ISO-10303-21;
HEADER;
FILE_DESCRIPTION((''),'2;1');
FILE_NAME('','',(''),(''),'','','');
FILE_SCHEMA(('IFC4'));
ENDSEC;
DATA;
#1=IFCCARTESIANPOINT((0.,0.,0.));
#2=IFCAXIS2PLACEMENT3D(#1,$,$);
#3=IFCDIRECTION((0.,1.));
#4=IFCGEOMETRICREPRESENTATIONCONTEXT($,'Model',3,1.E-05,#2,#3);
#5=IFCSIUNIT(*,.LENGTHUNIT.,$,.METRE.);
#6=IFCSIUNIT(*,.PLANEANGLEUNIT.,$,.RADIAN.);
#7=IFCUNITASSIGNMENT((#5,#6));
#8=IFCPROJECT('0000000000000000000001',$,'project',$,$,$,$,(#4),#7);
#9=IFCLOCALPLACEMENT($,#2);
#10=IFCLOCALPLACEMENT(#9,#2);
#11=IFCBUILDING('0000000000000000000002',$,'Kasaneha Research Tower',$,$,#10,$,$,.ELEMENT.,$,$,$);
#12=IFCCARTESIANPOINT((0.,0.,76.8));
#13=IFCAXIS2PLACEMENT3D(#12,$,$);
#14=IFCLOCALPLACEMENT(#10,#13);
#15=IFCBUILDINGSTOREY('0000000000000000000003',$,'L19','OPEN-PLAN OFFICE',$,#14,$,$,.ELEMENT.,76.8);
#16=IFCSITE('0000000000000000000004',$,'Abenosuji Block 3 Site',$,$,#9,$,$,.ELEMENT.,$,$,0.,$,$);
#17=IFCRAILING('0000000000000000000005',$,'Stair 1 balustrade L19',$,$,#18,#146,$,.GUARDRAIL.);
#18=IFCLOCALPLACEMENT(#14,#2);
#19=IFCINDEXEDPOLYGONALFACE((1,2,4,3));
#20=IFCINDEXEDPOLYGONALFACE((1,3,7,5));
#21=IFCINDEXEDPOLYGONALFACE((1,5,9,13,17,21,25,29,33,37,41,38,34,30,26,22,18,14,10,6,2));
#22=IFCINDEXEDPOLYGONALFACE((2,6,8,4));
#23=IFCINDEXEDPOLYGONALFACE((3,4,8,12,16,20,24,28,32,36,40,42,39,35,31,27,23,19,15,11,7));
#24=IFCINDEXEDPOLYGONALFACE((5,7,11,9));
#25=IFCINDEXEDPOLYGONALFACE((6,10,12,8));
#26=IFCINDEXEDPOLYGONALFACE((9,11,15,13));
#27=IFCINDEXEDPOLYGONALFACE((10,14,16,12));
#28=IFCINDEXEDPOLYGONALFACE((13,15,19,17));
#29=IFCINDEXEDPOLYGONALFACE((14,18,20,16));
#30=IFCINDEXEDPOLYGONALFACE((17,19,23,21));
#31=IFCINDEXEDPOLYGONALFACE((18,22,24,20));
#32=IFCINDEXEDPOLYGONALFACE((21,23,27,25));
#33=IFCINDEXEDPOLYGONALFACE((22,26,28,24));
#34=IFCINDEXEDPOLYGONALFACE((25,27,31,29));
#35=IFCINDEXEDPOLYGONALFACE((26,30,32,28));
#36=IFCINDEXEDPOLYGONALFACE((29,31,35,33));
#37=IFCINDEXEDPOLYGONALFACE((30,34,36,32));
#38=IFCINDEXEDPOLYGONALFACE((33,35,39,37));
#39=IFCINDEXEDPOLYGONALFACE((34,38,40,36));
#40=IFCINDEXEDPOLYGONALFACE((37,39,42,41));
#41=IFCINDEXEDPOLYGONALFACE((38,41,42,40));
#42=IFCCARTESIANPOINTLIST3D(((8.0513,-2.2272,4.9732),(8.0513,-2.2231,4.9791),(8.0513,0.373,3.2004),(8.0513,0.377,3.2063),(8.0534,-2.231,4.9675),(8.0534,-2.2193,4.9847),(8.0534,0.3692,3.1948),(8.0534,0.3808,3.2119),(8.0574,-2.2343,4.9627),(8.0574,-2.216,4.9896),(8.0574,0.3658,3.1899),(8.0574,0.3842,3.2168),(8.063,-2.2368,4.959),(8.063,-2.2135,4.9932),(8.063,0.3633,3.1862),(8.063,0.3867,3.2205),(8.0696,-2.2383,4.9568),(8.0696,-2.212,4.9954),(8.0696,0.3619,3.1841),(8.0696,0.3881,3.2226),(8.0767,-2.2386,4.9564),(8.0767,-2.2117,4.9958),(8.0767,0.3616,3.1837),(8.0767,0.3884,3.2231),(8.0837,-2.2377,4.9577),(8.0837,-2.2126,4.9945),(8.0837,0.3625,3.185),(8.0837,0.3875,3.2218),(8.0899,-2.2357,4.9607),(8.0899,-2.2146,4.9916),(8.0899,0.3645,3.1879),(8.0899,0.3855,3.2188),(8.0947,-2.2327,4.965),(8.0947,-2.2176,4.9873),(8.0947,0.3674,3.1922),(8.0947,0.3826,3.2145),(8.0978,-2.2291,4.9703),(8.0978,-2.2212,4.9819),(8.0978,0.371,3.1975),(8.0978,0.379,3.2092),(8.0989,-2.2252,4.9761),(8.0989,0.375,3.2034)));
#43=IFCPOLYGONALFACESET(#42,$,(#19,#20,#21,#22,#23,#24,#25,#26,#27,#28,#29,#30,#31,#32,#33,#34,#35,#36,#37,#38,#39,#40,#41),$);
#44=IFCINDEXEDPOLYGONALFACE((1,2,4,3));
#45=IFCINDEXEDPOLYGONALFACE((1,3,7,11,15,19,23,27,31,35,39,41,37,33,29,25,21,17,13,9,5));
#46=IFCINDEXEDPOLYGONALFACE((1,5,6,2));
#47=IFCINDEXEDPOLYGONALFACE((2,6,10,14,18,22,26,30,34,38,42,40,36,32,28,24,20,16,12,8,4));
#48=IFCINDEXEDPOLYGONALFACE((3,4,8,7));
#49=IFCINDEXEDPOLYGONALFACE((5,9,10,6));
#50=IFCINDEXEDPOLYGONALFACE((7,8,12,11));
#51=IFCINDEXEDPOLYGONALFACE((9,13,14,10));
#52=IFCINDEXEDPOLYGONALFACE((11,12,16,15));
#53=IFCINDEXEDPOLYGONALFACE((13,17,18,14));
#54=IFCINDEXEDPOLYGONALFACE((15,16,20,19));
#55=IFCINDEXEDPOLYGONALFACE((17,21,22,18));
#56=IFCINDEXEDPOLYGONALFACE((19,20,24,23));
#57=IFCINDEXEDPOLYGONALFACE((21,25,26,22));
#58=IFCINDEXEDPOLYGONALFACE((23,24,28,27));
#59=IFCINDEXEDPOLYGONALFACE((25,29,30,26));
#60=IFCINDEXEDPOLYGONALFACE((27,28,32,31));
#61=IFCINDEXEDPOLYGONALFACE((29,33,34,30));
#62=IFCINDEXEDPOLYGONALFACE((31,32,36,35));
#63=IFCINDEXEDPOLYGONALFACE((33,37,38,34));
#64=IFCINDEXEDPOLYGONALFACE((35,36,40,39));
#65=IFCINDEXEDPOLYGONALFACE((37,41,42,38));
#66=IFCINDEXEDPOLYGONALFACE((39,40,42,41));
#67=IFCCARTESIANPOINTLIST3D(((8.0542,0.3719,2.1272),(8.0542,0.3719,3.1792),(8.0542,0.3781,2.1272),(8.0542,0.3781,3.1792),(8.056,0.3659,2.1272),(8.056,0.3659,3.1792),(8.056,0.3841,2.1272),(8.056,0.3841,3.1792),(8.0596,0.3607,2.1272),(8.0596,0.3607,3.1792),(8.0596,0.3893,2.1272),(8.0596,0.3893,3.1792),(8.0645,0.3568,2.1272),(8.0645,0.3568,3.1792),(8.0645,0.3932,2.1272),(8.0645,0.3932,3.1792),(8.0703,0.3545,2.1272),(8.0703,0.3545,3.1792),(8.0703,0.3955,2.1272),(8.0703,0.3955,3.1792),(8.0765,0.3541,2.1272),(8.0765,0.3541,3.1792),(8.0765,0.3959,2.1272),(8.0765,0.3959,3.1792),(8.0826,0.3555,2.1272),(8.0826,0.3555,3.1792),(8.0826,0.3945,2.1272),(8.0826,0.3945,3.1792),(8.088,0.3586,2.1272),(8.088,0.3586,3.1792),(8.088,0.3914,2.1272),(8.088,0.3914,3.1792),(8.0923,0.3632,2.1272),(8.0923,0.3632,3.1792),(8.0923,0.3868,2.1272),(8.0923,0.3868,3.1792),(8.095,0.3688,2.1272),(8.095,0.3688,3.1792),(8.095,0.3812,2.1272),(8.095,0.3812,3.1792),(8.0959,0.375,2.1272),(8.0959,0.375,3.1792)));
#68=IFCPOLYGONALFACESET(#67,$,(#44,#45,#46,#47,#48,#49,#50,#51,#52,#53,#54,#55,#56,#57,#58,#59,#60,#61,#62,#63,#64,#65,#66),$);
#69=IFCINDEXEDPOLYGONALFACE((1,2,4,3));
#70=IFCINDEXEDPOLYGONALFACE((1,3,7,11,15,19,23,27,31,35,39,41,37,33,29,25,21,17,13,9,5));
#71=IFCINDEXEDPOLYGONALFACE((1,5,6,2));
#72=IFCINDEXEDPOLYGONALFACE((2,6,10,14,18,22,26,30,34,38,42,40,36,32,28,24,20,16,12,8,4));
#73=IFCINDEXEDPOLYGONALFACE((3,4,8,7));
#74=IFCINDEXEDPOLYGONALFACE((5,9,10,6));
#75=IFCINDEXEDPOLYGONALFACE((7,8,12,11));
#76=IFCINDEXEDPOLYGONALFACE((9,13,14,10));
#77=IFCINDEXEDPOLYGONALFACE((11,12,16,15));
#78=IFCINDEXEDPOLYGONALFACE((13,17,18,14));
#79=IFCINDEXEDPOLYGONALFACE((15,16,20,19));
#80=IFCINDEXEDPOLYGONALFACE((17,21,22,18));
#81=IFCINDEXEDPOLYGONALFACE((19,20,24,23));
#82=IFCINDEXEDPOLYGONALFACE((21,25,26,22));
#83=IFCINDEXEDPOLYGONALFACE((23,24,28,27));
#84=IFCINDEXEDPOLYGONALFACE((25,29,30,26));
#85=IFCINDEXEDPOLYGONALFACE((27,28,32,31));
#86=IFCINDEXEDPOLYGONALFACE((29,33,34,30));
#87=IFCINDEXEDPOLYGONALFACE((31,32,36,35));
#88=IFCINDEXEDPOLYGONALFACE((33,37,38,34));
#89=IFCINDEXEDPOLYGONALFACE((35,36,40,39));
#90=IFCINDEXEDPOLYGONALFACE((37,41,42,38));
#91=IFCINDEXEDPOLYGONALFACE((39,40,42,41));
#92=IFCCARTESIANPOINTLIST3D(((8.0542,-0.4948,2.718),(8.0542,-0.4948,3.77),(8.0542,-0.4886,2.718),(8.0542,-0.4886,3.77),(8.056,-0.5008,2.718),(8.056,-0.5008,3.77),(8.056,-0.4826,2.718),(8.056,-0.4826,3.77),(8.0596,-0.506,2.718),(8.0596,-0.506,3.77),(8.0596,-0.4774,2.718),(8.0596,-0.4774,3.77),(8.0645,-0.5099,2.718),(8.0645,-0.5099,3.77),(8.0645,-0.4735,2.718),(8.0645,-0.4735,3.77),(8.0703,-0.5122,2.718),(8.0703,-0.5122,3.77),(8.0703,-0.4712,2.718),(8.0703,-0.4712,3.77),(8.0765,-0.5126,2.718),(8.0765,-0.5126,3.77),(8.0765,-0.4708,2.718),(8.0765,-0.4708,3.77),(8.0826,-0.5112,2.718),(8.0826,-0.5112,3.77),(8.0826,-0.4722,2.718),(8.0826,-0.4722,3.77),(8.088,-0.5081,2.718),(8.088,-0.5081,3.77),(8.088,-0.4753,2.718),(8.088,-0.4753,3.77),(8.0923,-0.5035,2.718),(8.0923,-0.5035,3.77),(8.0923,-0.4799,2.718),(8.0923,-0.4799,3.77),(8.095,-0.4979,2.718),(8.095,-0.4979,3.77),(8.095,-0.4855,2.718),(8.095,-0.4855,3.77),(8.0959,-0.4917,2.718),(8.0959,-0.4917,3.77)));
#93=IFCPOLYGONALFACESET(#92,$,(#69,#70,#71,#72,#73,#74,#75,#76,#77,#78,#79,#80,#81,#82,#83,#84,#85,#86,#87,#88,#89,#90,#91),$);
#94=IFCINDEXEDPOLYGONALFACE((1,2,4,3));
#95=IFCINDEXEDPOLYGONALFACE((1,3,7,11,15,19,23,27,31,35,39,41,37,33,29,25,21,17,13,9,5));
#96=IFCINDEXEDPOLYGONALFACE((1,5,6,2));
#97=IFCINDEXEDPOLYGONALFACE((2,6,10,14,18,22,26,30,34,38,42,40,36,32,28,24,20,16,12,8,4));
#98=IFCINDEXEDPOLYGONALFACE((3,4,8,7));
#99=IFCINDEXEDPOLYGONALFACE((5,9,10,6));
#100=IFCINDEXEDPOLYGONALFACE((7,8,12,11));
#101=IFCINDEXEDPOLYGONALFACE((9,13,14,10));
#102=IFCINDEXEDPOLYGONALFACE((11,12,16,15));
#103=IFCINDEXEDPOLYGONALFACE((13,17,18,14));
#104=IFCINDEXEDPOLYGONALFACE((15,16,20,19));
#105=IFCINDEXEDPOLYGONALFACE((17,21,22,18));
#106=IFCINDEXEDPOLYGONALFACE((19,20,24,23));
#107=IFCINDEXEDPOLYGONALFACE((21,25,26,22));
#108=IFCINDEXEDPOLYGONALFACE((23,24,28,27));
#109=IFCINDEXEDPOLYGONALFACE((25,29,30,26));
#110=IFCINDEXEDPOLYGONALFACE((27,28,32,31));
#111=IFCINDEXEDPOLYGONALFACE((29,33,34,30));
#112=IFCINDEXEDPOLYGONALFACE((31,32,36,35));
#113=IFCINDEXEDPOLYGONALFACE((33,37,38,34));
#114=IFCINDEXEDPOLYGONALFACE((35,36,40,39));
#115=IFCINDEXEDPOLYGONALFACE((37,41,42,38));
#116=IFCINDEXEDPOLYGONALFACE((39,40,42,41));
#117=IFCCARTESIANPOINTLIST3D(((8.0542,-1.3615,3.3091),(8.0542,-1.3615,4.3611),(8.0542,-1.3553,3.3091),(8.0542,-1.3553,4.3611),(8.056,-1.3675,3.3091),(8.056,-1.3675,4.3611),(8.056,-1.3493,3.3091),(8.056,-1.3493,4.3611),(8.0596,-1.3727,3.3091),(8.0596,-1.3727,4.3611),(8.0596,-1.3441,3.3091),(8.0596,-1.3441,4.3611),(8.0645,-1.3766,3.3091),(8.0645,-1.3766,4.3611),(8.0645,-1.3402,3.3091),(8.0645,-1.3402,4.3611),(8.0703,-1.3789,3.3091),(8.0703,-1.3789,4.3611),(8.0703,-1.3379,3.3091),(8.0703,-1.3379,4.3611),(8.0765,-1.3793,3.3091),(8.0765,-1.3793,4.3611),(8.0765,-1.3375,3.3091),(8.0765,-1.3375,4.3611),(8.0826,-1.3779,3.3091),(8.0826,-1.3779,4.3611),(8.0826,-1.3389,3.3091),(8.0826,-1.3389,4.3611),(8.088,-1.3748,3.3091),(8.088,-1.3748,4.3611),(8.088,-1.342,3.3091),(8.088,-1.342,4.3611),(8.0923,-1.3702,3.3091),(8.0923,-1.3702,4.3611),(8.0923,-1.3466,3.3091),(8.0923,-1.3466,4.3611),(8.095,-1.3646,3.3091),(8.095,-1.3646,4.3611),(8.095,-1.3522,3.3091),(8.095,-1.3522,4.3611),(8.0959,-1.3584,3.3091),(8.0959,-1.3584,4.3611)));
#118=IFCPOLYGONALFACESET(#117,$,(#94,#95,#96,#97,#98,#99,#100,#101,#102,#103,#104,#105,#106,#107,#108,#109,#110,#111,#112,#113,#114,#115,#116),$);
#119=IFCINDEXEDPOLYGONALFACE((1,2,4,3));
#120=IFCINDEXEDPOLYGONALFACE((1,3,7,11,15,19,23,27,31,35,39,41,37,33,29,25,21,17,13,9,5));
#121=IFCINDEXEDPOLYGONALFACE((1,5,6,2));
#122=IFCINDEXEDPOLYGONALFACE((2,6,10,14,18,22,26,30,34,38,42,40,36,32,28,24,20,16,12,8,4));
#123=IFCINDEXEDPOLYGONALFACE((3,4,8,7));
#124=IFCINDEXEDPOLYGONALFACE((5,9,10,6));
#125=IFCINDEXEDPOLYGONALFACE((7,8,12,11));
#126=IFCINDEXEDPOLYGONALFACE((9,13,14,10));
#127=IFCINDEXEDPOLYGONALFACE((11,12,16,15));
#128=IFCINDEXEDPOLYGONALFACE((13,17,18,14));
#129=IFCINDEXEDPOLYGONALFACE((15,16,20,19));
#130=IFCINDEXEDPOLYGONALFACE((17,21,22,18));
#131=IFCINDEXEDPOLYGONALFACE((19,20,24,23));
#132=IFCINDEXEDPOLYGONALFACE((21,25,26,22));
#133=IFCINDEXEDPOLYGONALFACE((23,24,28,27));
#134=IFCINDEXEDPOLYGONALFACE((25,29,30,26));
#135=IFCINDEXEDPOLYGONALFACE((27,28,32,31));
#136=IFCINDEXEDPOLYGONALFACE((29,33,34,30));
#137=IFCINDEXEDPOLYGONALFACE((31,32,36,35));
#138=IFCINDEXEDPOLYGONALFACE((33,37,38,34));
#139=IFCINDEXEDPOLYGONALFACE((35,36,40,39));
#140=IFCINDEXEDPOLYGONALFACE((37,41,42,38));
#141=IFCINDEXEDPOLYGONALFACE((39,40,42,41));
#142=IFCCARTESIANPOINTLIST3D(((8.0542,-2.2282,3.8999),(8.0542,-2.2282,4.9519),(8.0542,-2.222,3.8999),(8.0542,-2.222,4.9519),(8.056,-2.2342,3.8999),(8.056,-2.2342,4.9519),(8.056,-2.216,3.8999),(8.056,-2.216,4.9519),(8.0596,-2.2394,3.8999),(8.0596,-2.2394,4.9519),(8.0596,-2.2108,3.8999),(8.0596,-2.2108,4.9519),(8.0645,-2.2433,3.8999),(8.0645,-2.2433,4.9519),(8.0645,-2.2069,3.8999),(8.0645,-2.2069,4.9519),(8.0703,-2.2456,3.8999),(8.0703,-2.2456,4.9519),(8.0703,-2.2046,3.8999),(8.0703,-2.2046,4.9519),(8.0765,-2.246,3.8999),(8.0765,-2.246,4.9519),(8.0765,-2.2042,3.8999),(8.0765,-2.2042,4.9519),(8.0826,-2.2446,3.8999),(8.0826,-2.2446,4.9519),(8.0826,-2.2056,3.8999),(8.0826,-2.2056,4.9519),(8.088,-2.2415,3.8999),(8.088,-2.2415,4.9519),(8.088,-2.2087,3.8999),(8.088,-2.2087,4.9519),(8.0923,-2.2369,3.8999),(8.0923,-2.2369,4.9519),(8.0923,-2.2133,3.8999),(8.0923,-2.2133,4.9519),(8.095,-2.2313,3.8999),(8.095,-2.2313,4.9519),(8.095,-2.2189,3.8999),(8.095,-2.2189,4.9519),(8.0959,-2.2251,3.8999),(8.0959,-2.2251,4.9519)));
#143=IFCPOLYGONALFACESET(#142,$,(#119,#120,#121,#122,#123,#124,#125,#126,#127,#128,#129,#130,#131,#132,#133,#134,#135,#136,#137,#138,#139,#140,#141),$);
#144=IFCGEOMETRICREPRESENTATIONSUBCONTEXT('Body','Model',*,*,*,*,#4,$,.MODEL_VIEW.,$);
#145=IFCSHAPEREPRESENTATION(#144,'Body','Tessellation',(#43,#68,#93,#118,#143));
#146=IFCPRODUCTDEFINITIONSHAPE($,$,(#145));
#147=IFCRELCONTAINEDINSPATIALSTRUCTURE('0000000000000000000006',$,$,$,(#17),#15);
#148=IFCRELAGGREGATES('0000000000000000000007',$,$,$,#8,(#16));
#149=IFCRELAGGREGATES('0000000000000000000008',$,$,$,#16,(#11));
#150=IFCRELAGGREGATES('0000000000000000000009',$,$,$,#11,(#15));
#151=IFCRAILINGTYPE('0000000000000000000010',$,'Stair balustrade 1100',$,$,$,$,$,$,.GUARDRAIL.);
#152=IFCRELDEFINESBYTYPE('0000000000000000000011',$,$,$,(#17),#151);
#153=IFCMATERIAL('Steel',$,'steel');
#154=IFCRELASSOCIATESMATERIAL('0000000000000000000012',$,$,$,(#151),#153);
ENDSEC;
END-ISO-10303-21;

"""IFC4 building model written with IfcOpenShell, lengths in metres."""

from ifc_helpers import new_model, si_unit, direction, frame, origin, origin_2d, place, context, subcontext, project, spatial, circle, extrude, material, type_object, element, save


model = new_model("IFC4")

# Units and contexts
model_context = context("Model", 3, precision=1e-05, world=origin(), true_north=direction((0.0, 1.0)))
body_context = subcontext(model_context, "Body", "Model", "MODEL_VIEW")
ifc_project = project(units=[si_unit("LENGTHUNIT", "METRE"), si_unit("PLANEANGLEUNIT", "RADIAN")], contexts=[model_context])

# Site, building, storey
site_placement = place(None, origin())
site = spatial("IfcSite", under=ifc_project, at=site_placement, Name="Abenosuji Block 3 Site", CompositionType="ELEMENT", RefElevation=0.0)
building_placement = place(site_placement, origin())
building = spatial("IfcBuilding", under=site, at=building_placement, Name="Kasaneha Research Tower", CompositionType="ELEMENT")
storey_placement = place(building_placement, frame((0.0, 0.0, 76.8)))
storey = spatial("IfcBuildingStorey", under=building, at=storey_placement, Name="L19", Description="OPEN-PLAN OFFICE", CompositionType="ELEMENT", Elevation=76.8)

# Railing
ifc_material_1 = material(Name="Steel", Category="steel")
railing_type_1 = type_object("IfcRailingType", Name="Stair balustrade 1100", PredefinedType="GUARDRAIL", material=ifc_material_1)
railing_1_placement = place(storey_placement, frame((8.075, 0.375, 2.1272)))
element("IfcRailing", 1, at=railing_1_placement, inside=storey, type_object=railing_type_1, Name="Stair 1 balustrade L19", PredefinedType="GUARDRAIL", context=body_context, shape_type="SweptSolid", body=[
    extrude(circle(Radius=0.0239, at=origin_2d()), frame((0.0, 0.0, 1.0762), z_axis=(0.0, -0.82624, 0.563318), x_axis=(1.0, 0.0, 0.0)), (0.0, 0.0, 1.0), 3.147),
    extrude(circle(Radius=0.021, at=origin_2d()), origin(), (0.0, 0.0, 1.0), 1.052),
    extrude(circle(Radius=0.021, at=origin_2d()), frame((0.0, -0.8667, 0.5908)), (0.0, 0.0, 1.0), 1.052),
    extrude(circle(Radius=0.021, at=origin_2d()), frame((0.0, -1.7334, 1.1819)), (0.0, 0.0, 1.0), 1.052),
    extrude(circle(Radius=0.021, at=origin_2d()), frame((0.0, -2.6001, 1.7727)), (0.0, 0.0, 1.0), 1.052),
])

save(model, "model.ifc")
